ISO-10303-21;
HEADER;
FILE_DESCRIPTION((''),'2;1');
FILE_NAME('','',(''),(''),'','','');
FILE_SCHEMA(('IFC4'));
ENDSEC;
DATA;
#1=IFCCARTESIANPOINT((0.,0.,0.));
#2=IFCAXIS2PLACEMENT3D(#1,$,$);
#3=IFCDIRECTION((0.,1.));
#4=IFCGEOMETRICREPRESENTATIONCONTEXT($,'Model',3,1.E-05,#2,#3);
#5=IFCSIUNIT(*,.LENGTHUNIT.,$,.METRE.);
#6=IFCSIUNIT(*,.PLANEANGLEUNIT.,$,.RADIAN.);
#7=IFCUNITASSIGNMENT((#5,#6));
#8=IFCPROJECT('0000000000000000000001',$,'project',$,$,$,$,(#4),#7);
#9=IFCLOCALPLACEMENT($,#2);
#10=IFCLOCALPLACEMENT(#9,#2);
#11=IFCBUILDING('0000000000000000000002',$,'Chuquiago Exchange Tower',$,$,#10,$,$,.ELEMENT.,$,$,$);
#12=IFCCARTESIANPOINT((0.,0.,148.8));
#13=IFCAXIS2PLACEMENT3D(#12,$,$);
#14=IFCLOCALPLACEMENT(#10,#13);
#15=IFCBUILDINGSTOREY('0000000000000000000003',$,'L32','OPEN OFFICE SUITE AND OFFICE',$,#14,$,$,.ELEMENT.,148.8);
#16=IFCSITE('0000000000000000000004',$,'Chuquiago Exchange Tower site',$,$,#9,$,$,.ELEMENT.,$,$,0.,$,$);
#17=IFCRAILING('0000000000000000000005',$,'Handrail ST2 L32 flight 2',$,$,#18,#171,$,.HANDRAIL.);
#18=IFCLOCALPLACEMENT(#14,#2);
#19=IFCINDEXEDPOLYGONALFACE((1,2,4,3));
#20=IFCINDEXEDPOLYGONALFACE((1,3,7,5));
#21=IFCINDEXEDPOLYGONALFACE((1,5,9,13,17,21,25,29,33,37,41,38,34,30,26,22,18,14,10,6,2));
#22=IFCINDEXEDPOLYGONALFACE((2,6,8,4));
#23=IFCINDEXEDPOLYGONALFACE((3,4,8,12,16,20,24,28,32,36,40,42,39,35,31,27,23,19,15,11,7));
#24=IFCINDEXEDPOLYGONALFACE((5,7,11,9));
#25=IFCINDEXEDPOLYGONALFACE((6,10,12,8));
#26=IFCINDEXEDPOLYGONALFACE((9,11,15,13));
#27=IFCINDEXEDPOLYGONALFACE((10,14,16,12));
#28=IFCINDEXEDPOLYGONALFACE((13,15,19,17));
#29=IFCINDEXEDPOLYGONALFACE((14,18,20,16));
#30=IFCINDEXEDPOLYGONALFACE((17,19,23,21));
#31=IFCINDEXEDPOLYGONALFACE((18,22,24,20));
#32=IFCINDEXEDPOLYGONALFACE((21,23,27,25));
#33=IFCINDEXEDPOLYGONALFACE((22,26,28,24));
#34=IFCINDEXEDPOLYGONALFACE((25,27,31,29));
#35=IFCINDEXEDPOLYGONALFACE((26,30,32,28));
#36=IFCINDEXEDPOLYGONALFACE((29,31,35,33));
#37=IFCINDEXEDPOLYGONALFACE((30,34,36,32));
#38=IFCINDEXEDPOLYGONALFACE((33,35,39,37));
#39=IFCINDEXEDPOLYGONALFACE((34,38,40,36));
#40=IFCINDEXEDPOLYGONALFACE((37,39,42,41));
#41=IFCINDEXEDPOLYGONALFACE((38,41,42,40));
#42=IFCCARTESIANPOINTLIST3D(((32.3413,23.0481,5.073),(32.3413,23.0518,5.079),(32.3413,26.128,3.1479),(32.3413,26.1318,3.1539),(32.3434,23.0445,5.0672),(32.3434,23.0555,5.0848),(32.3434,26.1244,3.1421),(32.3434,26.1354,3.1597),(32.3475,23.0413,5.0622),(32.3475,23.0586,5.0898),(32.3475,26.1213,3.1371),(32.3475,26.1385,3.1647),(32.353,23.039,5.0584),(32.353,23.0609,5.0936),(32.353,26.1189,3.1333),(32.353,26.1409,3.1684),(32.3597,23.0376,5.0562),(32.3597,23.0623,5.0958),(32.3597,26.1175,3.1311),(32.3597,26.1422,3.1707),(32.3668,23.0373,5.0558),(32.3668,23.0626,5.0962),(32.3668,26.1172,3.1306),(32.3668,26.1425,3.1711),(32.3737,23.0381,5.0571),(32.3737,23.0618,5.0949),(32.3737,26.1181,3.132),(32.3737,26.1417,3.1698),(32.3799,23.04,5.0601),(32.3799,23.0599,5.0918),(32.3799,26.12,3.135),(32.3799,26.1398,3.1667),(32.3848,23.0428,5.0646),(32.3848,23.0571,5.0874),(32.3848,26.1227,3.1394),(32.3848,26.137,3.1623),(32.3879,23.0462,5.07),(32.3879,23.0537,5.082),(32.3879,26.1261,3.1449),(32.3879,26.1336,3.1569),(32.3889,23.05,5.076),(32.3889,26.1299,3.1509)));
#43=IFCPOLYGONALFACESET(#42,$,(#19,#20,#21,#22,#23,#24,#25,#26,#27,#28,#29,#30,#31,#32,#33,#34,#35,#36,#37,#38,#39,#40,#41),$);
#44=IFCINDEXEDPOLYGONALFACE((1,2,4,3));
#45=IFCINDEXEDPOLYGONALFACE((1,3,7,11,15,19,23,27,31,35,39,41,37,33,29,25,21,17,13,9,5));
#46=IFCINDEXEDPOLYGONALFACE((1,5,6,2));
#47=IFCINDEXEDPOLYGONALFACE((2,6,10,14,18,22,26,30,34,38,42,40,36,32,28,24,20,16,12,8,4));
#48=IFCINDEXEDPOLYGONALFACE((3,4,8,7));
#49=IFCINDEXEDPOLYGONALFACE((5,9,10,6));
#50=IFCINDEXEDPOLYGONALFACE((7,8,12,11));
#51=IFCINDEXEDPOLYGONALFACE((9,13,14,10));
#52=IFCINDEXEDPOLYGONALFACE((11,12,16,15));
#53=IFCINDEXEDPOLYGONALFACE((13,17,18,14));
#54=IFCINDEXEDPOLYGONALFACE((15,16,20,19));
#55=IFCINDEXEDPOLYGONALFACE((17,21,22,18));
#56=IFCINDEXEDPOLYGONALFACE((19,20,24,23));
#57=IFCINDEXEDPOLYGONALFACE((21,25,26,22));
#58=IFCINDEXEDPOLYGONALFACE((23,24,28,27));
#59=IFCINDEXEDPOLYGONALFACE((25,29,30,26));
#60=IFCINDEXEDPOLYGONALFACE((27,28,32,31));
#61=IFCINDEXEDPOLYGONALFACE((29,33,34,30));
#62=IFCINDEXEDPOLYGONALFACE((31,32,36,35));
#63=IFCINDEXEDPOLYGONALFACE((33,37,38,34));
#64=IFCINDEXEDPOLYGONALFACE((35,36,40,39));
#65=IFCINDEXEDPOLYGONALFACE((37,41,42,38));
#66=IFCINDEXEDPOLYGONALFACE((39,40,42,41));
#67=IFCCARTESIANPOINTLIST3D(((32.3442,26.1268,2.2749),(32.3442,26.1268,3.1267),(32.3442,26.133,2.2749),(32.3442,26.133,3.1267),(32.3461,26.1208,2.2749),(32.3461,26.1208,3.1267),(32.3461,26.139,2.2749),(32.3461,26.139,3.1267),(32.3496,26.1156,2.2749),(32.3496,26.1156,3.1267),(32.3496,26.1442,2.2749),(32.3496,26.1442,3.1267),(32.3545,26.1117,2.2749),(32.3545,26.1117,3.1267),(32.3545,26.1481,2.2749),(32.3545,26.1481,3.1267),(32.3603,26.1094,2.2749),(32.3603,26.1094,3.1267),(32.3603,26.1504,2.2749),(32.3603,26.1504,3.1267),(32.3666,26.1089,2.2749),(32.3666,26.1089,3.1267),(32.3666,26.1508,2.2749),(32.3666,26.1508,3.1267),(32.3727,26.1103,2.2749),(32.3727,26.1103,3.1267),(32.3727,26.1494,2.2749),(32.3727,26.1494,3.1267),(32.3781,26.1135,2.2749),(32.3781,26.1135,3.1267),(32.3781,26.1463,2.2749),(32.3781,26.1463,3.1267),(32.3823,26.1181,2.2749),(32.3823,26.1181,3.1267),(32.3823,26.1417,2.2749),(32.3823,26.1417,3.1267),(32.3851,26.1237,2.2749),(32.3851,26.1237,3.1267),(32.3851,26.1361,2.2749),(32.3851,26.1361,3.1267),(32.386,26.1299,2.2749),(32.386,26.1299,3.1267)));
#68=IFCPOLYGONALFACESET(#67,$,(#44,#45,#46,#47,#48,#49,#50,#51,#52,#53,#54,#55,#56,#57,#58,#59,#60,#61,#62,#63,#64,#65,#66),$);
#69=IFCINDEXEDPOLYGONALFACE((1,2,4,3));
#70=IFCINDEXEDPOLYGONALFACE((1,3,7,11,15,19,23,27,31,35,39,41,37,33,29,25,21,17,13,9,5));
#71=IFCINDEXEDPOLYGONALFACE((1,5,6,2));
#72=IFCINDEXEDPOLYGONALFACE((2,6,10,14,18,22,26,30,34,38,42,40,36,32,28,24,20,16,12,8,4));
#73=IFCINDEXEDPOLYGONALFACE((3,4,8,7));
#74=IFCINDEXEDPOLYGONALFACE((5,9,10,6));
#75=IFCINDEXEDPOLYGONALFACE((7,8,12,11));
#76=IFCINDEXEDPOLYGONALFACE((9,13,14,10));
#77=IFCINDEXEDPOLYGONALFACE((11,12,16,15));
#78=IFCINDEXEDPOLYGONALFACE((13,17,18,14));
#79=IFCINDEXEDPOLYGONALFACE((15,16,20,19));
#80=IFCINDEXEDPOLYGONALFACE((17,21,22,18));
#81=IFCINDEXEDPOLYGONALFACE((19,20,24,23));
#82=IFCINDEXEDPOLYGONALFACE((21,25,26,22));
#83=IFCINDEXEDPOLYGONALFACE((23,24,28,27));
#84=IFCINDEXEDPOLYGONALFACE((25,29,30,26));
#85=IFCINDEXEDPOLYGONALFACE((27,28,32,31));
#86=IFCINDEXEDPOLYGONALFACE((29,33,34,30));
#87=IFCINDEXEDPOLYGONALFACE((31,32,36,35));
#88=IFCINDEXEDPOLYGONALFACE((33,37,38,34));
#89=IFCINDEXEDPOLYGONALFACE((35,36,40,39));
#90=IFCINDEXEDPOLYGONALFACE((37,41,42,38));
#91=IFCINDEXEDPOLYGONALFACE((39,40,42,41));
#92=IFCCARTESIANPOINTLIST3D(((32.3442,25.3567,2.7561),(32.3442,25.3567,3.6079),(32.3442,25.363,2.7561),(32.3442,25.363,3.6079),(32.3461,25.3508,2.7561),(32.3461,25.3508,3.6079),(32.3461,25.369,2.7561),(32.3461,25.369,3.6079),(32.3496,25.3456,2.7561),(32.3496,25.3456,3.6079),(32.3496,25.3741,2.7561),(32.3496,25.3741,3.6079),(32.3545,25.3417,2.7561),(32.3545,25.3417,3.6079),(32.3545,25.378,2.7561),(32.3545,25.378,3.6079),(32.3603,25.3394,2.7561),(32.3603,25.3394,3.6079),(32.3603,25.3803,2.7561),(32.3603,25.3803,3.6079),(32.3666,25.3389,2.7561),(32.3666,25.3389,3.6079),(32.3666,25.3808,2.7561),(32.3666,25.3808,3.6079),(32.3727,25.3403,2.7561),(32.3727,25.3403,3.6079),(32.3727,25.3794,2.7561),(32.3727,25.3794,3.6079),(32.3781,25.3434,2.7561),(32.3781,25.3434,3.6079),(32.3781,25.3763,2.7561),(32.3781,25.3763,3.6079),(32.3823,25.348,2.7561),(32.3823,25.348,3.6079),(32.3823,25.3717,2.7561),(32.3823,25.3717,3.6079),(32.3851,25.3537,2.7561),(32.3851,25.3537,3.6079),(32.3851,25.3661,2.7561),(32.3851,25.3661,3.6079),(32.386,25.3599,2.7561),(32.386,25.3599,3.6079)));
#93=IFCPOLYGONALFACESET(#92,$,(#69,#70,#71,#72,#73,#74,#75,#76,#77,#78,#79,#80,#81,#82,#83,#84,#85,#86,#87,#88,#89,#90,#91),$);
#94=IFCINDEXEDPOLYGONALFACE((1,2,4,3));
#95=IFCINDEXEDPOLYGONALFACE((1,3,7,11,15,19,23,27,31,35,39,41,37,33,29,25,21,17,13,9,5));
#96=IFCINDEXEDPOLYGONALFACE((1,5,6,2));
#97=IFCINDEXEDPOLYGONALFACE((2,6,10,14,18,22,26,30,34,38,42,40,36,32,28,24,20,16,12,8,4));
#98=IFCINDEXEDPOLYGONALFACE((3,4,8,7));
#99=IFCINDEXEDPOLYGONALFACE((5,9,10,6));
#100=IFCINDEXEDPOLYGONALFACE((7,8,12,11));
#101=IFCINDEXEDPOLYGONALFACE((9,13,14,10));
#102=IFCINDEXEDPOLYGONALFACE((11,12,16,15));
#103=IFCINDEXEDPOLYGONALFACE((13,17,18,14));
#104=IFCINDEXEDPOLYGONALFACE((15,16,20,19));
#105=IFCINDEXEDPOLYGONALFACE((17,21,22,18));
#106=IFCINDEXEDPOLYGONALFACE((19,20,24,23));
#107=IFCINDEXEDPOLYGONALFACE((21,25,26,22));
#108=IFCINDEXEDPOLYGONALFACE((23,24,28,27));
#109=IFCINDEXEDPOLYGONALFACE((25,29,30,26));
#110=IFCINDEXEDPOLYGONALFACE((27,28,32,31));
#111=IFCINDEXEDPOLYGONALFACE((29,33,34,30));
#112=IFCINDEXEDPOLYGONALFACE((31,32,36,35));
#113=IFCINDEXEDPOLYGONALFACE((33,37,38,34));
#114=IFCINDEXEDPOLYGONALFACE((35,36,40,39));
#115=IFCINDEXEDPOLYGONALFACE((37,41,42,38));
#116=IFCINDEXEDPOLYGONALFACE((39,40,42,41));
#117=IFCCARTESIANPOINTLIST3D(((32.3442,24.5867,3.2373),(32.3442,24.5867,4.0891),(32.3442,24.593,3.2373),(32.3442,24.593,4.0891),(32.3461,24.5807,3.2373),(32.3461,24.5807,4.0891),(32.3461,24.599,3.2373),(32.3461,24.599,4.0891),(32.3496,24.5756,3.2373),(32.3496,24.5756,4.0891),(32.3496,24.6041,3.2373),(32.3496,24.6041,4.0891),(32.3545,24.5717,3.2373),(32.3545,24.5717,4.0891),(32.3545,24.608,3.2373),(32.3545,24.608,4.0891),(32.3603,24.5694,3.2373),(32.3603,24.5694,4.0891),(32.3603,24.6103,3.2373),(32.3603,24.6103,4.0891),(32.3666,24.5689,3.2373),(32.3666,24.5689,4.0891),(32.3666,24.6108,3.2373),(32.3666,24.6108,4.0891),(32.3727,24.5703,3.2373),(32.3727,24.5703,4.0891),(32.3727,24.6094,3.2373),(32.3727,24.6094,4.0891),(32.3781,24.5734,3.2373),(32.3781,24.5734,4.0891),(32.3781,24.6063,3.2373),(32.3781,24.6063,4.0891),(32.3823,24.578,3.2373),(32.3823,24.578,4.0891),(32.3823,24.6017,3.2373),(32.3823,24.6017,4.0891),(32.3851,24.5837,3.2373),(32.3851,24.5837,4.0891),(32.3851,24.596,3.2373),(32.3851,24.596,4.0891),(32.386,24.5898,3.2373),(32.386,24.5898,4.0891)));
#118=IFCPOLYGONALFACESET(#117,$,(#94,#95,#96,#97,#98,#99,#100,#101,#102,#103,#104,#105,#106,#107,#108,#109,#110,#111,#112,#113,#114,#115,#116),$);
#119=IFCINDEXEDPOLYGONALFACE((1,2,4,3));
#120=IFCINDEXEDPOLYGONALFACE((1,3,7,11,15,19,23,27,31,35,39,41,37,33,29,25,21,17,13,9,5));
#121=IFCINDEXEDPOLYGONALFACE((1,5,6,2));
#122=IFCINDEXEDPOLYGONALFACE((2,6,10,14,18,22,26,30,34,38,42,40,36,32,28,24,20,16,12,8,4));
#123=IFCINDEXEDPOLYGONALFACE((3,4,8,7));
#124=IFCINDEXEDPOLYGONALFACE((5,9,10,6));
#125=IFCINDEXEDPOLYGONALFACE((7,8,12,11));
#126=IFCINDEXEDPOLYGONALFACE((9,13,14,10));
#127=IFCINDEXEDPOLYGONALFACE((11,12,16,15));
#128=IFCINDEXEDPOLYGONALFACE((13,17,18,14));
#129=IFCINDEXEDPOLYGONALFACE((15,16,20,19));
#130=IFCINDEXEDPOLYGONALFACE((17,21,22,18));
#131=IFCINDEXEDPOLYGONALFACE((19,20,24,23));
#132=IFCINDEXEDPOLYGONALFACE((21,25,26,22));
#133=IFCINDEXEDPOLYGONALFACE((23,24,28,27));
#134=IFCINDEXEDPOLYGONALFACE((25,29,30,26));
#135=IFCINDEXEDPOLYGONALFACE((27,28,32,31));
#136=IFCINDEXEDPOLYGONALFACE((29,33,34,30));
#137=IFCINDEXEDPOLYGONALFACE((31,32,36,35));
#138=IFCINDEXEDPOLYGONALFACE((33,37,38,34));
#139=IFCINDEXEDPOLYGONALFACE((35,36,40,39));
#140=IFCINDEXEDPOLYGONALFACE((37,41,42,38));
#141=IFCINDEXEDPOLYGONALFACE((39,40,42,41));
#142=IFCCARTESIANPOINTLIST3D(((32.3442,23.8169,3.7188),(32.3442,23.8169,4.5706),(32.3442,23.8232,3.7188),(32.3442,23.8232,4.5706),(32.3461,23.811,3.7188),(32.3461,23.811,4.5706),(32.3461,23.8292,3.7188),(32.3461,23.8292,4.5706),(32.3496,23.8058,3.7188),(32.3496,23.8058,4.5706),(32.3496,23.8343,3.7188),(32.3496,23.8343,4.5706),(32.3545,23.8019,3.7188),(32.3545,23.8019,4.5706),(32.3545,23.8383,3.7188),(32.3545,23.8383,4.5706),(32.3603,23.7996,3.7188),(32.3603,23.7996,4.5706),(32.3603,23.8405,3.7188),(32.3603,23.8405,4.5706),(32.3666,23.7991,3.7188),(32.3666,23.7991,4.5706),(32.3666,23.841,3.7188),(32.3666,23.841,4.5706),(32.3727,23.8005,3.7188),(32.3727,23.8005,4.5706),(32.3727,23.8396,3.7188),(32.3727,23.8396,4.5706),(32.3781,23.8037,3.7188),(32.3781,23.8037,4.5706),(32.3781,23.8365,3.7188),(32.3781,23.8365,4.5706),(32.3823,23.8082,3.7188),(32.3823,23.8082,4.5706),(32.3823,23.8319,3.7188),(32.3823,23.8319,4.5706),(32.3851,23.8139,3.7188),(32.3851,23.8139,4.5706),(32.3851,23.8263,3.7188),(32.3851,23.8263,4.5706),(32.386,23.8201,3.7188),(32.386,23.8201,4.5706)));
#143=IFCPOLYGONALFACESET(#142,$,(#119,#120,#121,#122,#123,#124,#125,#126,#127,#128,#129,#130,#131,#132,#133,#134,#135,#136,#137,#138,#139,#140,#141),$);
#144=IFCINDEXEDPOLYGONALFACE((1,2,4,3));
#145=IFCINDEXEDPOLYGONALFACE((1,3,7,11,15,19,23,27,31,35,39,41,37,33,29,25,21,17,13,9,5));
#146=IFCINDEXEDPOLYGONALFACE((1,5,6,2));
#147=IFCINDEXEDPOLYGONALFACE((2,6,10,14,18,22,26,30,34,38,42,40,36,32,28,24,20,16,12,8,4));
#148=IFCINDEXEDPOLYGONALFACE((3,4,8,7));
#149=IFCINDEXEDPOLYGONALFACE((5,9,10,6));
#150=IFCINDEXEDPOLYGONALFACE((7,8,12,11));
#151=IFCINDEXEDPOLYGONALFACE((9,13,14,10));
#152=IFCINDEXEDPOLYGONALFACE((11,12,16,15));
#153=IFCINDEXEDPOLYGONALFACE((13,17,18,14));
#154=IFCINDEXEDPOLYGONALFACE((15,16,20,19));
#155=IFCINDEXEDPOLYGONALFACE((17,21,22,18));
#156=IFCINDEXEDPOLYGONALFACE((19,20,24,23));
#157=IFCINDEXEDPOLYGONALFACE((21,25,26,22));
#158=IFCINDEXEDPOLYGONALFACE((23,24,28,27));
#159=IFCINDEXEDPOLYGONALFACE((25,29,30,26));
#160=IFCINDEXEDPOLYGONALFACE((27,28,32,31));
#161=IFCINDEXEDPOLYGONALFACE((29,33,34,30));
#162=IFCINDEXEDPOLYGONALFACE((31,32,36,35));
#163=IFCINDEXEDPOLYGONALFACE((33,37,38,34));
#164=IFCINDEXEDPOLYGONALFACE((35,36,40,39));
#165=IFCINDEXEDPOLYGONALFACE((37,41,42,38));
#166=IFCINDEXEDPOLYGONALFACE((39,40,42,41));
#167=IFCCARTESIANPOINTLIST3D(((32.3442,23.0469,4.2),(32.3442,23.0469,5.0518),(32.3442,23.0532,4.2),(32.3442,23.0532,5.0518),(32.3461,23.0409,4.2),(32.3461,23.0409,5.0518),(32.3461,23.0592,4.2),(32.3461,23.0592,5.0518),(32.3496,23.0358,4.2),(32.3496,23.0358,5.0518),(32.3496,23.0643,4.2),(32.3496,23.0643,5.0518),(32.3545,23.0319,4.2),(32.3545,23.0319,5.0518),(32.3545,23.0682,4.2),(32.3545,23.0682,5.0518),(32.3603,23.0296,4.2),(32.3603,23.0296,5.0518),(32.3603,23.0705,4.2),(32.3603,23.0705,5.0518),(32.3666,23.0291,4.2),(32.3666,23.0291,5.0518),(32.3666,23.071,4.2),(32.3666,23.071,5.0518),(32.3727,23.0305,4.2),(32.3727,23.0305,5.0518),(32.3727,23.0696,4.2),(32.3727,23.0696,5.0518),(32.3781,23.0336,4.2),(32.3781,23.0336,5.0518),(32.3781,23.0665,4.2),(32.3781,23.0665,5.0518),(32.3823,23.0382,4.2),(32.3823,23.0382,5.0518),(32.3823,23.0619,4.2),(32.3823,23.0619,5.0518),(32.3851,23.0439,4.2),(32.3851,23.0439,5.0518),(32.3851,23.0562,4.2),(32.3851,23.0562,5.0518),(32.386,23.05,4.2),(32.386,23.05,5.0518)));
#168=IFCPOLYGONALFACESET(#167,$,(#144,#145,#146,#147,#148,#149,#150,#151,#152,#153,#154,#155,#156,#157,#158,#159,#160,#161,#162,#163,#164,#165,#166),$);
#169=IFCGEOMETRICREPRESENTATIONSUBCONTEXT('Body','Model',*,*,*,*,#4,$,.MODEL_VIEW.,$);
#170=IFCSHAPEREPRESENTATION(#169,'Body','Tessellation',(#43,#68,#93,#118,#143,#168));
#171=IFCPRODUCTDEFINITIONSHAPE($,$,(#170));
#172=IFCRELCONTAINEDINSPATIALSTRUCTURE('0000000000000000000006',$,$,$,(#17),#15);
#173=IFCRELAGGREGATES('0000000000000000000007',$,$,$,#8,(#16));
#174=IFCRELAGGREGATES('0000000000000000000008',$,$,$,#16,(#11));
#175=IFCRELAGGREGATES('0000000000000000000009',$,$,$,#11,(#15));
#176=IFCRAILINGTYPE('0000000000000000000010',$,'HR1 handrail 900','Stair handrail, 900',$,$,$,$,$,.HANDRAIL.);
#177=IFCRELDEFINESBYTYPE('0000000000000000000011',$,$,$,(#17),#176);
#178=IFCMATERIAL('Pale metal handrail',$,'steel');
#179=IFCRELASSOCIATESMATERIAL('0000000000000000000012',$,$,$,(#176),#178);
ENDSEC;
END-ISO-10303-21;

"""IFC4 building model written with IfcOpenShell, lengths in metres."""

from ifc_helpers import new_model, si_unit, direction, frame, origin, origin_2d, place, context, subcontext, project, spatial, circle, extrude, material, type_object, element, save


model = new_model("IFC4")

# Units and contexts
model_context = context("Model", 3, precision=1e-05, world=origin(), true_north=direction((0.0, 1.0)))
body_context = subcontext(model_context, "Body", "Model", "MODEL_VIEW")
ifc_project = project(units=[si_unit("LENGTHUNIT", "METRE"), si_unit("PLANEANGLEUNIT", "RADIAN")], contexts=[model_context])

# Site, building, storey
site_placement = place(None, origin())
site = spatial("IfcSite", under=ifc_project, at=site_placement, Name="Chuquiago Exchange Tower site", CompositionType="ELEMENT", RefElevation=0.0)
building_placement = place(site_placement, origin())
building = spatial("IfcBuilding", under=site, at=building_placement, Name="Chuquiago Exchange Tower", CompositionType="ELEMENT")
storey_placement = place(building_placement, frame((0.0, 0.0, 148.8)))
storey = spatial("IfcBuildingStorey", under=building, at=storey_placement, Name="L32", Description="OPEN OFFICE SUITE AND OFFICE", CompositionType="ELEMENT", Elevation=148.8)

# Railing
ifc_material_1 = material(Name="Pale metal handrail", Category="steel")
railing_type_1 = type_object("IfcRailingType", Name="HR1 handrail 900", Description="Stair handrail, 900", PredefinedType="HANDRAIL", material=ifc_material_1)
for number, where, name in (
    (1, (32.365, 26.1299, 2.2749), "Handrail ST2 L32 flight 2"),
):
    element("IfcRailing", number, at=place(storey_placement, frame(where)), inside=storey, type_object=railing_type_1, Name=name, PredefinedType="HANDRAIL", context=body_context, shape_type="SweptSolid", body=[
        extrude(circle(Radius=0.0239, at=origin_2d()), frame((0.0, 0.0, 0.876), z_axis=(0.0, -0.847979, 0.530029), x_axis=(1.0, 0.0, 0.0)), (0.0, 0.0, 1.0), 3.6321),
        extrude(circle(Radius=0.021, at=origin_2d()), origin(), (0.0, 0.0, 1.0), 0.8518),
        extrude(circle(Radius=0.021, at=origin_2d()), frame((0.0, -0.77, 0.4812)), (0.0, 0.0, 1.0), 0.8518),
        extrude(circle(Radius=0.021, at=origin_2d()), frame((0.0, -1.54, 0.9624)), (0.0, 0.0, 1.0), 0.8518),
        extrude(circle(Radius=0.021, at=origin_2d()), frame((0.0, -2.3098, 1.4438)), (0.0, 0.0, 1.0), 0.8518),
        extrude(circle(Radius=0.021, at=origin_2d()), frame((0.0, -3.0798, 1.925)), (0.0, 0.0, 1.0), 0.8518),
    ])

save(model, "model.ifc")
